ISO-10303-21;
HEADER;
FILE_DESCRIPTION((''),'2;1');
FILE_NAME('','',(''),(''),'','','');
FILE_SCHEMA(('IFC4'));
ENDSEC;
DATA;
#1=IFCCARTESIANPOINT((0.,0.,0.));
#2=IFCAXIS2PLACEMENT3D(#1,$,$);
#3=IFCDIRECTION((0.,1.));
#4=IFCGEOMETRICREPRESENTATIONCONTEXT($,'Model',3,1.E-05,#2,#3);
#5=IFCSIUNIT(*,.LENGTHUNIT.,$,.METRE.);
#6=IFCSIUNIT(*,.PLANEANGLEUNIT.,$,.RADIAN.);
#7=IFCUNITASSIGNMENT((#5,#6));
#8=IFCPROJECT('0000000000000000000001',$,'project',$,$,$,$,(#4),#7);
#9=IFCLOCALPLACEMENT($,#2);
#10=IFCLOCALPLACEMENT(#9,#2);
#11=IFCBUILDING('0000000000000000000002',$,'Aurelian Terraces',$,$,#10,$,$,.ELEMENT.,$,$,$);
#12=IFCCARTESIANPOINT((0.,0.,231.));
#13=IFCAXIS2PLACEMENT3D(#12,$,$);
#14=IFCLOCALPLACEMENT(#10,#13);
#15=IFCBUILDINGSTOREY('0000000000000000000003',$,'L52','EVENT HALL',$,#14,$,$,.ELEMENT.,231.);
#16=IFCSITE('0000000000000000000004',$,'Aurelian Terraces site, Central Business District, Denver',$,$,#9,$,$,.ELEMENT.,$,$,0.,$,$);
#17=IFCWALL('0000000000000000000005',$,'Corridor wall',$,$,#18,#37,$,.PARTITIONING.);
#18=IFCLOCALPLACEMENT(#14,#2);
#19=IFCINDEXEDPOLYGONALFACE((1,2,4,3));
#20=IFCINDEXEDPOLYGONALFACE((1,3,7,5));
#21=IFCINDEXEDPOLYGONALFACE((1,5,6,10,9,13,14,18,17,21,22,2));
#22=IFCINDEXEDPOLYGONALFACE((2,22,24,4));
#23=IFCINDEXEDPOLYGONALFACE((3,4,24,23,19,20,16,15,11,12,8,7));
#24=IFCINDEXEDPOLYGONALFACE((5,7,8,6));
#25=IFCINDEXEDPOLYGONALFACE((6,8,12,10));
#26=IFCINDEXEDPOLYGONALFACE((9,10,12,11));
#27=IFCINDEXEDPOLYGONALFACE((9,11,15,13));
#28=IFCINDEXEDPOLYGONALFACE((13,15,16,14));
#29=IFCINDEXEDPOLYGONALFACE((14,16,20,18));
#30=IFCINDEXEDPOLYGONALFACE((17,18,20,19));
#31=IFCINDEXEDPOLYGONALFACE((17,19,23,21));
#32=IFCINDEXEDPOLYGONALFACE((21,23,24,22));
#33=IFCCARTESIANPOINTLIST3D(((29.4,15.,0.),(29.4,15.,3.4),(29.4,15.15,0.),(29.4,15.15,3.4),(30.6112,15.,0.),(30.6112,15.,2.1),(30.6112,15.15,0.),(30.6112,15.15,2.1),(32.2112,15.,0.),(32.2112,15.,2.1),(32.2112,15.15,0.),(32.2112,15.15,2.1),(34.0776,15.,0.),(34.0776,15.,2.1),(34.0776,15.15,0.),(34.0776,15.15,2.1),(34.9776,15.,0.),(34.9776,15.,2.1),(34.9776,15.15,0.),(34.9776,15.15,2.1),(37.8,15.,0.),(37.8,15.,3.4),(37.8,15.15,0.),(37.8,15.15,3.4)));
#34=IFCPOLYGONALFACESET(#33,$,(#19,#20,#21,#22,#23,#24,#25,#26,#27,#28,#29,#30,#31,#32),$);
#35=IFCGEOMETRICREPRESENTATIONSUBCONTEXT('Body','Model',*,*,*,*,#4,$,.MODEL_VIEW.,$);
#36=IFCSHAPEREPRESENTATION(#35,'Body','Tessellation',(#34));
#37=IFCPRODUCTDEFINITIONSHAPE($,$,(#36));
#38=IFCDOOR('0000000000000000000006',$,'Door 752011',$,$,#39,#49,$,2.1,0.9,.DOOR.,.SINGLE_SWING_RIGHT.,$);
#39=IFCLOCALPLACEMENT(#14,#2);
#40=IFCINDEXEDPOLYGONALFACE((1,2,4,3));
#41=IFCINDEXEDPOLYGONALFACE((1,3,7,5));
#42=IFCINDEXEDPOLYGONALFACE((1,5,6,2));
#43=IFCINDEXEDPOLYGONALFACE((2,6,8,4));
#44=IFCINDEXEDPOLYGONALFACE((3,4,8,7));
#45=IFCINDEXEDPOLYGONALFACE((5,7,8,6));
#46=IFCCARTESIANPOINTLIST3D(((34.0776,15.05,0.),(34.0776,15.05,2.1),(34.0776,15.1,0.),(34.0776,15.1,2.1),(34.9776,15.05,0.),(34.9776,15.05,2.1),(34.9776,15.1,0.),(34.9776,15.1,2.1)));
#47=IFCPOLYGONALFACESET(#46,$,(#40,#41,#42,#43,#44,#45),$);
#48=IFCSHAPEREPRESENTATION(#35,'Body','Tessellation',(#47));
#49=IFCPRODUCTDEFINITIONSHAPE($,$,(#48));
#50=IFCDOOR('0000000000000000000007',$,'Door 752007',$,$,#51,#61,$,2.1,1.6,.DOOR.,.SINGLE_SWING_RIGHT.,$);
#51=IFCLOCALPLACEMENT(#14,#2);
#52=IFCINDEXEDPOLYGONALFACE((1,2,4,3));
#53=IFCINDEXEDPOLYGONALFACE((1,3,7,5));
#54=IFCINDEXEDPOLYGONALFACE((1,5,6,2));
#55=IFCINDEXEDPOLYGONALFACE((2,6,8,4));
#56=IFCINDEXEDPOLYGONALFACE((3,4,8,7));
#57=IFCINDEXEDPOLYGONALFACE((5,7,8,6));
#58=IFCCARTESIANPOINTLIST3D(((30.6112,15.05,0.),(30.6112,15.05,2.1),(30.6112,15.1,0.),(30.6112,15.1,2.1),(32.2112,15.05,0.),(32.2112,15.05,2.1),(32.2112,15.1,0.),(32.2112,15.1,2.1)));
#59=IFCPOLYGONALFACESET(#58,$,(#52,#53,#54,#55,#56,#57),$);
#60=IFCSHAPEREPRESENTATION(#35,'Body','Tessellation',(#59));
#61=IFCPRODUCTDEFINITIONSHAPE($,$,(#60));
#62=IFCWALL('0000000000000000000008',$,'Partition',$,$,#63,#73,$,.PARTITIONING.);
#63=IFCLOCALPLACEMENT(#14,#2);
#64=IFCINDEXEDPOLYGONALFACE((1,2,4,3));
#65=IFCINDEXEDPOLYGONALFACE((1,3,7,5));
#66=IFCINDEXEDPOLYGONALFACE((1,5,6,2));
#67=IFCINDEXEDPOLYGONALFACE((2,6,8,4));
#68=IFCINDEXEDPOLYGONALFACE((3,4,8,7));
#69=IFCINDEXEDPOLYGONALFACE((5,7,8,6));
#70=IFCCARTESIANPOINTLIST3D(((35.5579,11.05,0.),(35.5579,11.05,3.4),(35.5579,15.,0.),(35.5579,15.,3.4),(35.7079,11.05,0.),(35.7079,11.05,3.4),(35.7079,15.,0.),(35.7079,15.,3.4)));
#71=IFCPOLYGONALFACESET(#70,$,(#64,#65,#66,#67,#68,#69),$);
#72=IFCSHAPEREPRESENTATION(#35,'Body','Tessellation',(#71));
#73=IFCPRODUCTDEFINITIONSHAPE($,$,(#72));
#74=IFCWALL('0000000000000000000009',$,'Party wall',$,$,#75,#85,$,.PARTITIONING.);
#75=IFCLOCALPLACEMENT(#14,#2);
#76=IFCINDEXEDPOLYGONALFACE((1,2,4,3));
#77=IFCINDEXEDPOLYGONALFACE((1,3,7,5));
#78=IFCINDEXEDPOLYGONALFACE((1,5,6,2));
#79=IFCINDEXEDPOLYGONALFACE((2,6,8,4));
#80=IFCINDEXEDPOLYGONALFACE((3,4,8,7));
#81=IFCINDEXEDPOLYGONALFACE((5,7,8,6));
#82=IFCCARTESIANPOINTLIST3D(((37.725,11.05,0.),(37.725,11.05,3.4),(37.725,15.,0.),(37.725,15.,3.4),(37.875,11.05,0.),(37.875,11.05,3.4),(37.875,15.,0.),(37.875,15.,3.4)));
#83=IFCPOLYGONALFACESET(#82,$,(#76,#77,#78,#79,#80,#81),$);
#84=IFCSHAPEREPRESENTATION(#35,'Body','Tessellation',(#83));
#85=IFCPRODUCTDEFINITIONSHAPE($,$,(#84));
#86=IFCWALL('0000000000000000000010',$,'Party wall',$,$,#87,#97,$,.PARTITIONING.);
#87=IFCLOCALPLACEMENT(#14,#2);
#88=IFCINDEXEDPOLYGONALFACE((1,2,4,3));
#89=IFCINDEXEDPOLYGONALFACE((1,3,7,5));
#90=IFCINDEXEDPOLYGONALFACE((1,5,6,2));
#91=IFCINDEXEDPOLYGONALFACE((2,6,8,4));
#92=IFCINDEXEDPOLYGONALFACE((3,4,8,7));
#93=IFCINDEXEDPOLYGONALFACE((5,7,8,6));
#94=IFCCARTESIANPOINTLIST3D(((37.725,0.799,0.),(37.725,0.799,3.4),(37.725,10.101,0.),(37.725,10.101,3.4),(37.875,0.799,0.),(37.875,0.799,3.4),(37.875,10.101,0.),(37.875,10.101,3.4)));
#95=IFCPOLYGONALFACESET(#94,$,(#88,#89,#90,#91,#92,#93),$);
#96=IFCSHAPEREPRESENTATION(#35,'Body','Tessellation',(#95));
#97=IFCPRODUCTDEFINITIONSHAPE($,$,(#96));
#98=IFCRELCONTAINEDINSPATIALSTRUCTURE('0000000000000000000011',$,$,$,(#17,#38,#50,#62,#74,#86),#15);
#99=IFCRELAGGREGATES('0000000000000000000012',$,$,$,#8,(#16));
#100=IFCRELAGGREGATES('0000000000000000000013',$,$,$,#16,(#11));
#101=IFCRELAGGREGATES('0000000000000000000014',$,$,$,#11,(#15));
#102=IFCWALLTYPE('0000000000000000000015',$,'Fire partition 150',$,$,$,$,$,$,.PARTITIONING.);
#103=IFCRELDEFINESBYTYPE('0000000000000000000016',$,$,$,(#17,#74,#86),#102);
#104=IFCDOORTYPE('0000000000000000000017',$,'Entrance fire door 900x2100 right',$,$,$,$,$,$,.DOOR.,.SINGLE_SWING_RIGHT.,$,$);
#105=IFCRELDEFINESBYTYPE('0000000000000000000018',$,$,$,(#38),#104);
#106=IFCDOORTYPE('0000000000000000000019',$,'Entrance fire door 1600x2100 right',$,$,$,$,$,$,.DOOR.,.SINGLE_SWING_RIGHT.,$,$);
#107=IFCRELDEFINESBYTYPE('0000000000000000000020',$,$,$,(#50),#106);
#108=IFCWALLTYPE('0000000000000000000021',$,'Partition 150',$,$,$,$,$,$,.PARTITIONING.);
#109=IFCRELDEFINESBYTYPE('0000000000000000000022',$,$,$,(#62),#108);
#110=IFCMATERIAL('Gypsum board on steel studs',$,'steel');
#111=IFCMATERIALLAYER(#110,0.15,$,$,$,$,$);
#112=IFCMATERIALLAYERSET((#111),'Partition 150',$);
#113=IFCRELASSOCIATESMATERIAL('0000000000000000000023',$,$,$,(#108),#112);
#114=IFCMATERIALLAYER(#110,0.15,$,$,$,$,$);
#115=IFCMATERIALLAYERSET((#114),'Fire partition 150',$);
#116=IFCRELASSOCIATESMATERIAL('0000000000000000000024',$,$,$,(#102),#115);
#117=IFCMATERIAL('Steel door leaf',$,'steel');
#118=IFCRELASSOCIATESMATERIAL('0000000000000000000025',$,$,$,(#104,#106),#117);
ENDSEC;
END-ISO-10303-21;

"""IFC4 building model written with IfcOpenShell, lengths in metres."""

from ifc_helpers import new_model, si_unit, direction, frame, frame_2d, origin, place, context, subcontext, project, spatial, rectangle, extrude, source, transform, mapped, material, layer, layer_set, type_object, element, fill, save


model = new_model("IFC4")

# Units and contexts
model_context = context("Model", 3, precision=1e-05, world=origin(), true_north=direction((0.0, 1.0)))
body_context = subcontext(model_context, "Body", "Model", "MODEL_VIEW")
ifc_project = project(units=[si_unit("LENGTHUNIT", "METRE"), si_unit("PLANEANGLEUNIT", "RADIAN")], contexts=[model_context])

# Site, building, storey
site_placement = place(None, origin())
site = spatial("IfcSite", under=ifc_project, at=site_placement, Name="Aurelian Terraces site, Central Business District, Denver", CompositionType="ELEMENT", RefElevation=0.0)
building_placement = place(site_placement, origin())
building = spatial("IfcBuilding", under=site, at=building_placement, Name="Aurelian Terraces", CompositionType="ELEMENT")
storey_placement = place(building_placement, frame((0.0, 0.0, 231.0)))
storey = spatial("IfcBuildingStorey", under=building, at=storey_placement, Name="L52", Description="EVENT HALL", CompositionType="ELEMENT", Elevation=231.0)

# Shared definitions
ifc_material_1 = material(Name="Steel door leaf", Category="steel")

# Shared definitions
ifc_material_2 = material(Name="Gypsum board on steel studs", Category="steel")
shared_shape_1 = source(origin(), body_context, "Body", "SweptSolid", [
    extrude(rectangle(XDim=0.9, YDim=2.1, at=frame_2d((0.45, 1.05))), frame((0.0, 0.025, 0.0), z_axis=(0.0, -1.0, 0.0), x_axis=(1.0, 0.0, 0.0)), (0.0, 0.0, 1.0), 0.05),
])

# Shared definitions
ifc_layer_1 = layer(ifc_material_2, 0.15)
ifc_layer_set_1 = layer_set([ifc_layer_1], Name="Partition 150")
wall_type_1 = type_object("IfcWallType", Name="Partition 150", PredefinedType="PARTITIONING", material=ifc_layer_set_1)

# Wall, openings, doors
shared_shape_2 = source(origin(), body_context, "Body", "SweptSolid", [
    extrude(rectangle(XDim=8.4, YDim=0.15, at=frame_2d((4.2, 0.0))), origin(), (0.0, 0.0, 1.0), 3.4),
])
shared_shape_3 = source(origin(), body_context, "Body", "SweptSolid", [
    extrude(rectangle(XDim=1.6, YDim=2.1, at=frame_2d((0.8, 1.05))), frame((0.0, 0.085, 0.0), z_axis=(0.0, -1.0, 0.0), x_axis=(1.0, 0.0, 0.0)), (0.0, 0.0, 1.0), 0.17),
])
shared_shape_4 = source(origin(), body_context, "Body", "SweptSolid", [
    extrude(rectangle(XDim=1.6, YDim=2.1, at=frame_2d((0.8, 1.05))), frame((0.0, 0.025, 0.0), z_axis=(0.0, -1.0, 0.0), x_axis=(1.0, 0.0, 0.0)), (0.0, 0.0, 1.0), 0.05),
])
ifc_layer_2 = layer(ifc_material_2, 0.15)
ifc_layer_set_2 = layer_set([ifc_layer_2], Name="Fire partition 150")
wall_type_2 = type_object("IfcWallType", Name="Fire partition 150", PredefinedType="PARTITIONING", material=ifc_layer_set_2)
wall_1_placement = place(storey_placement, frame((37.8, 15.075, 0.0), z_axis=(0.0, 0.0, 1.0), x_axis=(-1.0, 0.0, 0.0)))
wall_1 = element("IfcWall", 1, at=wall_1_placement, inside=storey, type_object=wall_type_2, Name="Corridor wall", PredefinedType="PARTITIONING", context=body_context, shape_type="MappedRepresentation", body=[
    mapped(shared_shape_2, transform((0.0, 0.0, 0.0), scale=1.0)),
])
opening_1_placement = place(wall_1_placement, frame((5.5888, 0.0, 0.0)))
opening_1 = element("IfcOpeningElement", 2, at=opening_1_placement, cuts=wall_1, PredefinedType="OPENING", context=body_context, shape_type="MappedRepresentation", body=[
    mapped(shared_shape_3, transform((0.0, 0.0, 0.0), scale=1.0)),
])
shared_shape_5 = source(origin(), body_context, "Body", "SweptSolid", [
    extrude(rectangle(XDim=0.9, YDim=2.1, at=frame_2d((0.45, 1.05))), frame((0.0, 0.085, 0.0), z_axis=(0.0, -1.0, 0.0), x_axis=(1.0, 0.0, 0.0)), (0.0, 0.0, 1.0), 0.17),
])
opening_2_placement = place(wall_1_placement, frame((2.8224, 0.0, 0.0)))
opening_2 = element("IfcOpeningElement", 3, at=opening_2_placement, cuts=wall_1, PredefinedType="OPENING", context=body_context, shape_type="MappedRepresentation", body=[
    mapped(shared_shape_5, transform((0.0, 0.0, 0.0), scale=1.0)),
])
door_type_1 = type_object("IfcDoorType", Name="Entrance fire door 900x2100 right", OperationType="SINGLE_SWING_RIGHT", PredefinedType="DOOR", material=ifc_material_1)
door_1_placement = place(opening_2_placement, origin())
door_1 = element("IfcDoor", 4, at=door_1_placement, inside=storey, type_object=door_type_1, Name="Door 752011", OperationType="SINGLE_SWING_RIGHT", OverallHeight=2.1, OverallWidth=0.9, PredefinedType="DOOR", context=body_context, shape_type="MappedRepresentation", body=[
    mapped(shared_shape_1, transform((0.0, 0.0, 0.0), scale=1.0)),
])
fill(opening_2, door_1)
door_type_2 = type_object("IfcDoorType", Name="Entrance fire door 1600x2100 right", OperationType="SINGLE_SWING_RIGHT", PredefinedType="DOOR", material=ifc_material_1)
door_2_placement = place(opening_1_placement, origin())
door_2 = element("IfcDoor", 5, at=door_2_placement, inside=storey, type_object=door_type_2, Name="Door 752007", OperationType="SINGLE_SWING_RIGHT", OverallHeight=2.1, OverallWidth=1.6, PredefinedType="DOOR", context=body_context, shape_type="MappedRepresentation", body=[
    mapped(shared_shape_4, transform((0.0, 0.0, 0.0), scale=1.0)),
])
fill(opening_1, door_2)

# Walls
shared_shape_6 = source(origin(), body_context, "Body", "SweptSolid", [
    extrude(rectangle(XDim=3.95, YDim=0.15, at=frame_2d((1.975, 0.0))), origin(), (0.0, 0.0, 1.0), 3.4),
])
wall_2_placement = place(storey_placement, frame((35.6329, 11.05, 0.0), z_axis=(0.0, 0.0, 1.0), x_axis=(0.0, 1.0, 0.0)))
element("IfcWall", 6, at=wall_2_placement, inside=storey, type_object=wall_type_1, Name="Partition", PredefinedType="PARTITIONING", context=body_context, shape_type="MappedRepresentation", body=[
    mapped(shared_shape_6, transform((0.0, 0.0, 0.0), scale=1.0)),
])
wall_3_placement = place(storey_placement, frame((37.8, 11.05, 0.0), z_axis=(0.0, 0.0, 1.0), x_axis=(0.0, 1.0, 0.0)))
element("IfcWall", 7, at=wall_3_placement, inside=storey, type_object=wall_type_2, Name="Party wall", PredefinedType="PARTITIONING", context=body_context, shape_type="MappedRepresentation", body=[
    mapped(shared_shape_6, transform((0.0, 0.0, 0.0), scale=1.0)),
])
shared_shape_7 = source(origin(), body_context, "Body", "SweptSolid", [
    extrude(rectangle(XDim=9.302, YDim=0.15, at=frame_2d((4.651, 0.0))), origin(), (0.0, 0.0, 1.0), 3.4),
])
wall_4_placement = place(storey_placement, frame((37.8, 0.799, 0.0), z_axis=(0.0, 0.0, 1.0), x_axis=(0.0, 1.0, 0.0)))
element("IfcWall", 8, at=wall_4_placement, inside=storey, type_object=wall_type_2, Name="Party wall", PredefinedType="PARTITIONING", context=body_context, shape_type="MappedRepresentation", body=[
    mapped(shared_shape_7, transform((0.0, 0.0, 0.0), scale=1.0)),
])

save(model, "model.ifc")
